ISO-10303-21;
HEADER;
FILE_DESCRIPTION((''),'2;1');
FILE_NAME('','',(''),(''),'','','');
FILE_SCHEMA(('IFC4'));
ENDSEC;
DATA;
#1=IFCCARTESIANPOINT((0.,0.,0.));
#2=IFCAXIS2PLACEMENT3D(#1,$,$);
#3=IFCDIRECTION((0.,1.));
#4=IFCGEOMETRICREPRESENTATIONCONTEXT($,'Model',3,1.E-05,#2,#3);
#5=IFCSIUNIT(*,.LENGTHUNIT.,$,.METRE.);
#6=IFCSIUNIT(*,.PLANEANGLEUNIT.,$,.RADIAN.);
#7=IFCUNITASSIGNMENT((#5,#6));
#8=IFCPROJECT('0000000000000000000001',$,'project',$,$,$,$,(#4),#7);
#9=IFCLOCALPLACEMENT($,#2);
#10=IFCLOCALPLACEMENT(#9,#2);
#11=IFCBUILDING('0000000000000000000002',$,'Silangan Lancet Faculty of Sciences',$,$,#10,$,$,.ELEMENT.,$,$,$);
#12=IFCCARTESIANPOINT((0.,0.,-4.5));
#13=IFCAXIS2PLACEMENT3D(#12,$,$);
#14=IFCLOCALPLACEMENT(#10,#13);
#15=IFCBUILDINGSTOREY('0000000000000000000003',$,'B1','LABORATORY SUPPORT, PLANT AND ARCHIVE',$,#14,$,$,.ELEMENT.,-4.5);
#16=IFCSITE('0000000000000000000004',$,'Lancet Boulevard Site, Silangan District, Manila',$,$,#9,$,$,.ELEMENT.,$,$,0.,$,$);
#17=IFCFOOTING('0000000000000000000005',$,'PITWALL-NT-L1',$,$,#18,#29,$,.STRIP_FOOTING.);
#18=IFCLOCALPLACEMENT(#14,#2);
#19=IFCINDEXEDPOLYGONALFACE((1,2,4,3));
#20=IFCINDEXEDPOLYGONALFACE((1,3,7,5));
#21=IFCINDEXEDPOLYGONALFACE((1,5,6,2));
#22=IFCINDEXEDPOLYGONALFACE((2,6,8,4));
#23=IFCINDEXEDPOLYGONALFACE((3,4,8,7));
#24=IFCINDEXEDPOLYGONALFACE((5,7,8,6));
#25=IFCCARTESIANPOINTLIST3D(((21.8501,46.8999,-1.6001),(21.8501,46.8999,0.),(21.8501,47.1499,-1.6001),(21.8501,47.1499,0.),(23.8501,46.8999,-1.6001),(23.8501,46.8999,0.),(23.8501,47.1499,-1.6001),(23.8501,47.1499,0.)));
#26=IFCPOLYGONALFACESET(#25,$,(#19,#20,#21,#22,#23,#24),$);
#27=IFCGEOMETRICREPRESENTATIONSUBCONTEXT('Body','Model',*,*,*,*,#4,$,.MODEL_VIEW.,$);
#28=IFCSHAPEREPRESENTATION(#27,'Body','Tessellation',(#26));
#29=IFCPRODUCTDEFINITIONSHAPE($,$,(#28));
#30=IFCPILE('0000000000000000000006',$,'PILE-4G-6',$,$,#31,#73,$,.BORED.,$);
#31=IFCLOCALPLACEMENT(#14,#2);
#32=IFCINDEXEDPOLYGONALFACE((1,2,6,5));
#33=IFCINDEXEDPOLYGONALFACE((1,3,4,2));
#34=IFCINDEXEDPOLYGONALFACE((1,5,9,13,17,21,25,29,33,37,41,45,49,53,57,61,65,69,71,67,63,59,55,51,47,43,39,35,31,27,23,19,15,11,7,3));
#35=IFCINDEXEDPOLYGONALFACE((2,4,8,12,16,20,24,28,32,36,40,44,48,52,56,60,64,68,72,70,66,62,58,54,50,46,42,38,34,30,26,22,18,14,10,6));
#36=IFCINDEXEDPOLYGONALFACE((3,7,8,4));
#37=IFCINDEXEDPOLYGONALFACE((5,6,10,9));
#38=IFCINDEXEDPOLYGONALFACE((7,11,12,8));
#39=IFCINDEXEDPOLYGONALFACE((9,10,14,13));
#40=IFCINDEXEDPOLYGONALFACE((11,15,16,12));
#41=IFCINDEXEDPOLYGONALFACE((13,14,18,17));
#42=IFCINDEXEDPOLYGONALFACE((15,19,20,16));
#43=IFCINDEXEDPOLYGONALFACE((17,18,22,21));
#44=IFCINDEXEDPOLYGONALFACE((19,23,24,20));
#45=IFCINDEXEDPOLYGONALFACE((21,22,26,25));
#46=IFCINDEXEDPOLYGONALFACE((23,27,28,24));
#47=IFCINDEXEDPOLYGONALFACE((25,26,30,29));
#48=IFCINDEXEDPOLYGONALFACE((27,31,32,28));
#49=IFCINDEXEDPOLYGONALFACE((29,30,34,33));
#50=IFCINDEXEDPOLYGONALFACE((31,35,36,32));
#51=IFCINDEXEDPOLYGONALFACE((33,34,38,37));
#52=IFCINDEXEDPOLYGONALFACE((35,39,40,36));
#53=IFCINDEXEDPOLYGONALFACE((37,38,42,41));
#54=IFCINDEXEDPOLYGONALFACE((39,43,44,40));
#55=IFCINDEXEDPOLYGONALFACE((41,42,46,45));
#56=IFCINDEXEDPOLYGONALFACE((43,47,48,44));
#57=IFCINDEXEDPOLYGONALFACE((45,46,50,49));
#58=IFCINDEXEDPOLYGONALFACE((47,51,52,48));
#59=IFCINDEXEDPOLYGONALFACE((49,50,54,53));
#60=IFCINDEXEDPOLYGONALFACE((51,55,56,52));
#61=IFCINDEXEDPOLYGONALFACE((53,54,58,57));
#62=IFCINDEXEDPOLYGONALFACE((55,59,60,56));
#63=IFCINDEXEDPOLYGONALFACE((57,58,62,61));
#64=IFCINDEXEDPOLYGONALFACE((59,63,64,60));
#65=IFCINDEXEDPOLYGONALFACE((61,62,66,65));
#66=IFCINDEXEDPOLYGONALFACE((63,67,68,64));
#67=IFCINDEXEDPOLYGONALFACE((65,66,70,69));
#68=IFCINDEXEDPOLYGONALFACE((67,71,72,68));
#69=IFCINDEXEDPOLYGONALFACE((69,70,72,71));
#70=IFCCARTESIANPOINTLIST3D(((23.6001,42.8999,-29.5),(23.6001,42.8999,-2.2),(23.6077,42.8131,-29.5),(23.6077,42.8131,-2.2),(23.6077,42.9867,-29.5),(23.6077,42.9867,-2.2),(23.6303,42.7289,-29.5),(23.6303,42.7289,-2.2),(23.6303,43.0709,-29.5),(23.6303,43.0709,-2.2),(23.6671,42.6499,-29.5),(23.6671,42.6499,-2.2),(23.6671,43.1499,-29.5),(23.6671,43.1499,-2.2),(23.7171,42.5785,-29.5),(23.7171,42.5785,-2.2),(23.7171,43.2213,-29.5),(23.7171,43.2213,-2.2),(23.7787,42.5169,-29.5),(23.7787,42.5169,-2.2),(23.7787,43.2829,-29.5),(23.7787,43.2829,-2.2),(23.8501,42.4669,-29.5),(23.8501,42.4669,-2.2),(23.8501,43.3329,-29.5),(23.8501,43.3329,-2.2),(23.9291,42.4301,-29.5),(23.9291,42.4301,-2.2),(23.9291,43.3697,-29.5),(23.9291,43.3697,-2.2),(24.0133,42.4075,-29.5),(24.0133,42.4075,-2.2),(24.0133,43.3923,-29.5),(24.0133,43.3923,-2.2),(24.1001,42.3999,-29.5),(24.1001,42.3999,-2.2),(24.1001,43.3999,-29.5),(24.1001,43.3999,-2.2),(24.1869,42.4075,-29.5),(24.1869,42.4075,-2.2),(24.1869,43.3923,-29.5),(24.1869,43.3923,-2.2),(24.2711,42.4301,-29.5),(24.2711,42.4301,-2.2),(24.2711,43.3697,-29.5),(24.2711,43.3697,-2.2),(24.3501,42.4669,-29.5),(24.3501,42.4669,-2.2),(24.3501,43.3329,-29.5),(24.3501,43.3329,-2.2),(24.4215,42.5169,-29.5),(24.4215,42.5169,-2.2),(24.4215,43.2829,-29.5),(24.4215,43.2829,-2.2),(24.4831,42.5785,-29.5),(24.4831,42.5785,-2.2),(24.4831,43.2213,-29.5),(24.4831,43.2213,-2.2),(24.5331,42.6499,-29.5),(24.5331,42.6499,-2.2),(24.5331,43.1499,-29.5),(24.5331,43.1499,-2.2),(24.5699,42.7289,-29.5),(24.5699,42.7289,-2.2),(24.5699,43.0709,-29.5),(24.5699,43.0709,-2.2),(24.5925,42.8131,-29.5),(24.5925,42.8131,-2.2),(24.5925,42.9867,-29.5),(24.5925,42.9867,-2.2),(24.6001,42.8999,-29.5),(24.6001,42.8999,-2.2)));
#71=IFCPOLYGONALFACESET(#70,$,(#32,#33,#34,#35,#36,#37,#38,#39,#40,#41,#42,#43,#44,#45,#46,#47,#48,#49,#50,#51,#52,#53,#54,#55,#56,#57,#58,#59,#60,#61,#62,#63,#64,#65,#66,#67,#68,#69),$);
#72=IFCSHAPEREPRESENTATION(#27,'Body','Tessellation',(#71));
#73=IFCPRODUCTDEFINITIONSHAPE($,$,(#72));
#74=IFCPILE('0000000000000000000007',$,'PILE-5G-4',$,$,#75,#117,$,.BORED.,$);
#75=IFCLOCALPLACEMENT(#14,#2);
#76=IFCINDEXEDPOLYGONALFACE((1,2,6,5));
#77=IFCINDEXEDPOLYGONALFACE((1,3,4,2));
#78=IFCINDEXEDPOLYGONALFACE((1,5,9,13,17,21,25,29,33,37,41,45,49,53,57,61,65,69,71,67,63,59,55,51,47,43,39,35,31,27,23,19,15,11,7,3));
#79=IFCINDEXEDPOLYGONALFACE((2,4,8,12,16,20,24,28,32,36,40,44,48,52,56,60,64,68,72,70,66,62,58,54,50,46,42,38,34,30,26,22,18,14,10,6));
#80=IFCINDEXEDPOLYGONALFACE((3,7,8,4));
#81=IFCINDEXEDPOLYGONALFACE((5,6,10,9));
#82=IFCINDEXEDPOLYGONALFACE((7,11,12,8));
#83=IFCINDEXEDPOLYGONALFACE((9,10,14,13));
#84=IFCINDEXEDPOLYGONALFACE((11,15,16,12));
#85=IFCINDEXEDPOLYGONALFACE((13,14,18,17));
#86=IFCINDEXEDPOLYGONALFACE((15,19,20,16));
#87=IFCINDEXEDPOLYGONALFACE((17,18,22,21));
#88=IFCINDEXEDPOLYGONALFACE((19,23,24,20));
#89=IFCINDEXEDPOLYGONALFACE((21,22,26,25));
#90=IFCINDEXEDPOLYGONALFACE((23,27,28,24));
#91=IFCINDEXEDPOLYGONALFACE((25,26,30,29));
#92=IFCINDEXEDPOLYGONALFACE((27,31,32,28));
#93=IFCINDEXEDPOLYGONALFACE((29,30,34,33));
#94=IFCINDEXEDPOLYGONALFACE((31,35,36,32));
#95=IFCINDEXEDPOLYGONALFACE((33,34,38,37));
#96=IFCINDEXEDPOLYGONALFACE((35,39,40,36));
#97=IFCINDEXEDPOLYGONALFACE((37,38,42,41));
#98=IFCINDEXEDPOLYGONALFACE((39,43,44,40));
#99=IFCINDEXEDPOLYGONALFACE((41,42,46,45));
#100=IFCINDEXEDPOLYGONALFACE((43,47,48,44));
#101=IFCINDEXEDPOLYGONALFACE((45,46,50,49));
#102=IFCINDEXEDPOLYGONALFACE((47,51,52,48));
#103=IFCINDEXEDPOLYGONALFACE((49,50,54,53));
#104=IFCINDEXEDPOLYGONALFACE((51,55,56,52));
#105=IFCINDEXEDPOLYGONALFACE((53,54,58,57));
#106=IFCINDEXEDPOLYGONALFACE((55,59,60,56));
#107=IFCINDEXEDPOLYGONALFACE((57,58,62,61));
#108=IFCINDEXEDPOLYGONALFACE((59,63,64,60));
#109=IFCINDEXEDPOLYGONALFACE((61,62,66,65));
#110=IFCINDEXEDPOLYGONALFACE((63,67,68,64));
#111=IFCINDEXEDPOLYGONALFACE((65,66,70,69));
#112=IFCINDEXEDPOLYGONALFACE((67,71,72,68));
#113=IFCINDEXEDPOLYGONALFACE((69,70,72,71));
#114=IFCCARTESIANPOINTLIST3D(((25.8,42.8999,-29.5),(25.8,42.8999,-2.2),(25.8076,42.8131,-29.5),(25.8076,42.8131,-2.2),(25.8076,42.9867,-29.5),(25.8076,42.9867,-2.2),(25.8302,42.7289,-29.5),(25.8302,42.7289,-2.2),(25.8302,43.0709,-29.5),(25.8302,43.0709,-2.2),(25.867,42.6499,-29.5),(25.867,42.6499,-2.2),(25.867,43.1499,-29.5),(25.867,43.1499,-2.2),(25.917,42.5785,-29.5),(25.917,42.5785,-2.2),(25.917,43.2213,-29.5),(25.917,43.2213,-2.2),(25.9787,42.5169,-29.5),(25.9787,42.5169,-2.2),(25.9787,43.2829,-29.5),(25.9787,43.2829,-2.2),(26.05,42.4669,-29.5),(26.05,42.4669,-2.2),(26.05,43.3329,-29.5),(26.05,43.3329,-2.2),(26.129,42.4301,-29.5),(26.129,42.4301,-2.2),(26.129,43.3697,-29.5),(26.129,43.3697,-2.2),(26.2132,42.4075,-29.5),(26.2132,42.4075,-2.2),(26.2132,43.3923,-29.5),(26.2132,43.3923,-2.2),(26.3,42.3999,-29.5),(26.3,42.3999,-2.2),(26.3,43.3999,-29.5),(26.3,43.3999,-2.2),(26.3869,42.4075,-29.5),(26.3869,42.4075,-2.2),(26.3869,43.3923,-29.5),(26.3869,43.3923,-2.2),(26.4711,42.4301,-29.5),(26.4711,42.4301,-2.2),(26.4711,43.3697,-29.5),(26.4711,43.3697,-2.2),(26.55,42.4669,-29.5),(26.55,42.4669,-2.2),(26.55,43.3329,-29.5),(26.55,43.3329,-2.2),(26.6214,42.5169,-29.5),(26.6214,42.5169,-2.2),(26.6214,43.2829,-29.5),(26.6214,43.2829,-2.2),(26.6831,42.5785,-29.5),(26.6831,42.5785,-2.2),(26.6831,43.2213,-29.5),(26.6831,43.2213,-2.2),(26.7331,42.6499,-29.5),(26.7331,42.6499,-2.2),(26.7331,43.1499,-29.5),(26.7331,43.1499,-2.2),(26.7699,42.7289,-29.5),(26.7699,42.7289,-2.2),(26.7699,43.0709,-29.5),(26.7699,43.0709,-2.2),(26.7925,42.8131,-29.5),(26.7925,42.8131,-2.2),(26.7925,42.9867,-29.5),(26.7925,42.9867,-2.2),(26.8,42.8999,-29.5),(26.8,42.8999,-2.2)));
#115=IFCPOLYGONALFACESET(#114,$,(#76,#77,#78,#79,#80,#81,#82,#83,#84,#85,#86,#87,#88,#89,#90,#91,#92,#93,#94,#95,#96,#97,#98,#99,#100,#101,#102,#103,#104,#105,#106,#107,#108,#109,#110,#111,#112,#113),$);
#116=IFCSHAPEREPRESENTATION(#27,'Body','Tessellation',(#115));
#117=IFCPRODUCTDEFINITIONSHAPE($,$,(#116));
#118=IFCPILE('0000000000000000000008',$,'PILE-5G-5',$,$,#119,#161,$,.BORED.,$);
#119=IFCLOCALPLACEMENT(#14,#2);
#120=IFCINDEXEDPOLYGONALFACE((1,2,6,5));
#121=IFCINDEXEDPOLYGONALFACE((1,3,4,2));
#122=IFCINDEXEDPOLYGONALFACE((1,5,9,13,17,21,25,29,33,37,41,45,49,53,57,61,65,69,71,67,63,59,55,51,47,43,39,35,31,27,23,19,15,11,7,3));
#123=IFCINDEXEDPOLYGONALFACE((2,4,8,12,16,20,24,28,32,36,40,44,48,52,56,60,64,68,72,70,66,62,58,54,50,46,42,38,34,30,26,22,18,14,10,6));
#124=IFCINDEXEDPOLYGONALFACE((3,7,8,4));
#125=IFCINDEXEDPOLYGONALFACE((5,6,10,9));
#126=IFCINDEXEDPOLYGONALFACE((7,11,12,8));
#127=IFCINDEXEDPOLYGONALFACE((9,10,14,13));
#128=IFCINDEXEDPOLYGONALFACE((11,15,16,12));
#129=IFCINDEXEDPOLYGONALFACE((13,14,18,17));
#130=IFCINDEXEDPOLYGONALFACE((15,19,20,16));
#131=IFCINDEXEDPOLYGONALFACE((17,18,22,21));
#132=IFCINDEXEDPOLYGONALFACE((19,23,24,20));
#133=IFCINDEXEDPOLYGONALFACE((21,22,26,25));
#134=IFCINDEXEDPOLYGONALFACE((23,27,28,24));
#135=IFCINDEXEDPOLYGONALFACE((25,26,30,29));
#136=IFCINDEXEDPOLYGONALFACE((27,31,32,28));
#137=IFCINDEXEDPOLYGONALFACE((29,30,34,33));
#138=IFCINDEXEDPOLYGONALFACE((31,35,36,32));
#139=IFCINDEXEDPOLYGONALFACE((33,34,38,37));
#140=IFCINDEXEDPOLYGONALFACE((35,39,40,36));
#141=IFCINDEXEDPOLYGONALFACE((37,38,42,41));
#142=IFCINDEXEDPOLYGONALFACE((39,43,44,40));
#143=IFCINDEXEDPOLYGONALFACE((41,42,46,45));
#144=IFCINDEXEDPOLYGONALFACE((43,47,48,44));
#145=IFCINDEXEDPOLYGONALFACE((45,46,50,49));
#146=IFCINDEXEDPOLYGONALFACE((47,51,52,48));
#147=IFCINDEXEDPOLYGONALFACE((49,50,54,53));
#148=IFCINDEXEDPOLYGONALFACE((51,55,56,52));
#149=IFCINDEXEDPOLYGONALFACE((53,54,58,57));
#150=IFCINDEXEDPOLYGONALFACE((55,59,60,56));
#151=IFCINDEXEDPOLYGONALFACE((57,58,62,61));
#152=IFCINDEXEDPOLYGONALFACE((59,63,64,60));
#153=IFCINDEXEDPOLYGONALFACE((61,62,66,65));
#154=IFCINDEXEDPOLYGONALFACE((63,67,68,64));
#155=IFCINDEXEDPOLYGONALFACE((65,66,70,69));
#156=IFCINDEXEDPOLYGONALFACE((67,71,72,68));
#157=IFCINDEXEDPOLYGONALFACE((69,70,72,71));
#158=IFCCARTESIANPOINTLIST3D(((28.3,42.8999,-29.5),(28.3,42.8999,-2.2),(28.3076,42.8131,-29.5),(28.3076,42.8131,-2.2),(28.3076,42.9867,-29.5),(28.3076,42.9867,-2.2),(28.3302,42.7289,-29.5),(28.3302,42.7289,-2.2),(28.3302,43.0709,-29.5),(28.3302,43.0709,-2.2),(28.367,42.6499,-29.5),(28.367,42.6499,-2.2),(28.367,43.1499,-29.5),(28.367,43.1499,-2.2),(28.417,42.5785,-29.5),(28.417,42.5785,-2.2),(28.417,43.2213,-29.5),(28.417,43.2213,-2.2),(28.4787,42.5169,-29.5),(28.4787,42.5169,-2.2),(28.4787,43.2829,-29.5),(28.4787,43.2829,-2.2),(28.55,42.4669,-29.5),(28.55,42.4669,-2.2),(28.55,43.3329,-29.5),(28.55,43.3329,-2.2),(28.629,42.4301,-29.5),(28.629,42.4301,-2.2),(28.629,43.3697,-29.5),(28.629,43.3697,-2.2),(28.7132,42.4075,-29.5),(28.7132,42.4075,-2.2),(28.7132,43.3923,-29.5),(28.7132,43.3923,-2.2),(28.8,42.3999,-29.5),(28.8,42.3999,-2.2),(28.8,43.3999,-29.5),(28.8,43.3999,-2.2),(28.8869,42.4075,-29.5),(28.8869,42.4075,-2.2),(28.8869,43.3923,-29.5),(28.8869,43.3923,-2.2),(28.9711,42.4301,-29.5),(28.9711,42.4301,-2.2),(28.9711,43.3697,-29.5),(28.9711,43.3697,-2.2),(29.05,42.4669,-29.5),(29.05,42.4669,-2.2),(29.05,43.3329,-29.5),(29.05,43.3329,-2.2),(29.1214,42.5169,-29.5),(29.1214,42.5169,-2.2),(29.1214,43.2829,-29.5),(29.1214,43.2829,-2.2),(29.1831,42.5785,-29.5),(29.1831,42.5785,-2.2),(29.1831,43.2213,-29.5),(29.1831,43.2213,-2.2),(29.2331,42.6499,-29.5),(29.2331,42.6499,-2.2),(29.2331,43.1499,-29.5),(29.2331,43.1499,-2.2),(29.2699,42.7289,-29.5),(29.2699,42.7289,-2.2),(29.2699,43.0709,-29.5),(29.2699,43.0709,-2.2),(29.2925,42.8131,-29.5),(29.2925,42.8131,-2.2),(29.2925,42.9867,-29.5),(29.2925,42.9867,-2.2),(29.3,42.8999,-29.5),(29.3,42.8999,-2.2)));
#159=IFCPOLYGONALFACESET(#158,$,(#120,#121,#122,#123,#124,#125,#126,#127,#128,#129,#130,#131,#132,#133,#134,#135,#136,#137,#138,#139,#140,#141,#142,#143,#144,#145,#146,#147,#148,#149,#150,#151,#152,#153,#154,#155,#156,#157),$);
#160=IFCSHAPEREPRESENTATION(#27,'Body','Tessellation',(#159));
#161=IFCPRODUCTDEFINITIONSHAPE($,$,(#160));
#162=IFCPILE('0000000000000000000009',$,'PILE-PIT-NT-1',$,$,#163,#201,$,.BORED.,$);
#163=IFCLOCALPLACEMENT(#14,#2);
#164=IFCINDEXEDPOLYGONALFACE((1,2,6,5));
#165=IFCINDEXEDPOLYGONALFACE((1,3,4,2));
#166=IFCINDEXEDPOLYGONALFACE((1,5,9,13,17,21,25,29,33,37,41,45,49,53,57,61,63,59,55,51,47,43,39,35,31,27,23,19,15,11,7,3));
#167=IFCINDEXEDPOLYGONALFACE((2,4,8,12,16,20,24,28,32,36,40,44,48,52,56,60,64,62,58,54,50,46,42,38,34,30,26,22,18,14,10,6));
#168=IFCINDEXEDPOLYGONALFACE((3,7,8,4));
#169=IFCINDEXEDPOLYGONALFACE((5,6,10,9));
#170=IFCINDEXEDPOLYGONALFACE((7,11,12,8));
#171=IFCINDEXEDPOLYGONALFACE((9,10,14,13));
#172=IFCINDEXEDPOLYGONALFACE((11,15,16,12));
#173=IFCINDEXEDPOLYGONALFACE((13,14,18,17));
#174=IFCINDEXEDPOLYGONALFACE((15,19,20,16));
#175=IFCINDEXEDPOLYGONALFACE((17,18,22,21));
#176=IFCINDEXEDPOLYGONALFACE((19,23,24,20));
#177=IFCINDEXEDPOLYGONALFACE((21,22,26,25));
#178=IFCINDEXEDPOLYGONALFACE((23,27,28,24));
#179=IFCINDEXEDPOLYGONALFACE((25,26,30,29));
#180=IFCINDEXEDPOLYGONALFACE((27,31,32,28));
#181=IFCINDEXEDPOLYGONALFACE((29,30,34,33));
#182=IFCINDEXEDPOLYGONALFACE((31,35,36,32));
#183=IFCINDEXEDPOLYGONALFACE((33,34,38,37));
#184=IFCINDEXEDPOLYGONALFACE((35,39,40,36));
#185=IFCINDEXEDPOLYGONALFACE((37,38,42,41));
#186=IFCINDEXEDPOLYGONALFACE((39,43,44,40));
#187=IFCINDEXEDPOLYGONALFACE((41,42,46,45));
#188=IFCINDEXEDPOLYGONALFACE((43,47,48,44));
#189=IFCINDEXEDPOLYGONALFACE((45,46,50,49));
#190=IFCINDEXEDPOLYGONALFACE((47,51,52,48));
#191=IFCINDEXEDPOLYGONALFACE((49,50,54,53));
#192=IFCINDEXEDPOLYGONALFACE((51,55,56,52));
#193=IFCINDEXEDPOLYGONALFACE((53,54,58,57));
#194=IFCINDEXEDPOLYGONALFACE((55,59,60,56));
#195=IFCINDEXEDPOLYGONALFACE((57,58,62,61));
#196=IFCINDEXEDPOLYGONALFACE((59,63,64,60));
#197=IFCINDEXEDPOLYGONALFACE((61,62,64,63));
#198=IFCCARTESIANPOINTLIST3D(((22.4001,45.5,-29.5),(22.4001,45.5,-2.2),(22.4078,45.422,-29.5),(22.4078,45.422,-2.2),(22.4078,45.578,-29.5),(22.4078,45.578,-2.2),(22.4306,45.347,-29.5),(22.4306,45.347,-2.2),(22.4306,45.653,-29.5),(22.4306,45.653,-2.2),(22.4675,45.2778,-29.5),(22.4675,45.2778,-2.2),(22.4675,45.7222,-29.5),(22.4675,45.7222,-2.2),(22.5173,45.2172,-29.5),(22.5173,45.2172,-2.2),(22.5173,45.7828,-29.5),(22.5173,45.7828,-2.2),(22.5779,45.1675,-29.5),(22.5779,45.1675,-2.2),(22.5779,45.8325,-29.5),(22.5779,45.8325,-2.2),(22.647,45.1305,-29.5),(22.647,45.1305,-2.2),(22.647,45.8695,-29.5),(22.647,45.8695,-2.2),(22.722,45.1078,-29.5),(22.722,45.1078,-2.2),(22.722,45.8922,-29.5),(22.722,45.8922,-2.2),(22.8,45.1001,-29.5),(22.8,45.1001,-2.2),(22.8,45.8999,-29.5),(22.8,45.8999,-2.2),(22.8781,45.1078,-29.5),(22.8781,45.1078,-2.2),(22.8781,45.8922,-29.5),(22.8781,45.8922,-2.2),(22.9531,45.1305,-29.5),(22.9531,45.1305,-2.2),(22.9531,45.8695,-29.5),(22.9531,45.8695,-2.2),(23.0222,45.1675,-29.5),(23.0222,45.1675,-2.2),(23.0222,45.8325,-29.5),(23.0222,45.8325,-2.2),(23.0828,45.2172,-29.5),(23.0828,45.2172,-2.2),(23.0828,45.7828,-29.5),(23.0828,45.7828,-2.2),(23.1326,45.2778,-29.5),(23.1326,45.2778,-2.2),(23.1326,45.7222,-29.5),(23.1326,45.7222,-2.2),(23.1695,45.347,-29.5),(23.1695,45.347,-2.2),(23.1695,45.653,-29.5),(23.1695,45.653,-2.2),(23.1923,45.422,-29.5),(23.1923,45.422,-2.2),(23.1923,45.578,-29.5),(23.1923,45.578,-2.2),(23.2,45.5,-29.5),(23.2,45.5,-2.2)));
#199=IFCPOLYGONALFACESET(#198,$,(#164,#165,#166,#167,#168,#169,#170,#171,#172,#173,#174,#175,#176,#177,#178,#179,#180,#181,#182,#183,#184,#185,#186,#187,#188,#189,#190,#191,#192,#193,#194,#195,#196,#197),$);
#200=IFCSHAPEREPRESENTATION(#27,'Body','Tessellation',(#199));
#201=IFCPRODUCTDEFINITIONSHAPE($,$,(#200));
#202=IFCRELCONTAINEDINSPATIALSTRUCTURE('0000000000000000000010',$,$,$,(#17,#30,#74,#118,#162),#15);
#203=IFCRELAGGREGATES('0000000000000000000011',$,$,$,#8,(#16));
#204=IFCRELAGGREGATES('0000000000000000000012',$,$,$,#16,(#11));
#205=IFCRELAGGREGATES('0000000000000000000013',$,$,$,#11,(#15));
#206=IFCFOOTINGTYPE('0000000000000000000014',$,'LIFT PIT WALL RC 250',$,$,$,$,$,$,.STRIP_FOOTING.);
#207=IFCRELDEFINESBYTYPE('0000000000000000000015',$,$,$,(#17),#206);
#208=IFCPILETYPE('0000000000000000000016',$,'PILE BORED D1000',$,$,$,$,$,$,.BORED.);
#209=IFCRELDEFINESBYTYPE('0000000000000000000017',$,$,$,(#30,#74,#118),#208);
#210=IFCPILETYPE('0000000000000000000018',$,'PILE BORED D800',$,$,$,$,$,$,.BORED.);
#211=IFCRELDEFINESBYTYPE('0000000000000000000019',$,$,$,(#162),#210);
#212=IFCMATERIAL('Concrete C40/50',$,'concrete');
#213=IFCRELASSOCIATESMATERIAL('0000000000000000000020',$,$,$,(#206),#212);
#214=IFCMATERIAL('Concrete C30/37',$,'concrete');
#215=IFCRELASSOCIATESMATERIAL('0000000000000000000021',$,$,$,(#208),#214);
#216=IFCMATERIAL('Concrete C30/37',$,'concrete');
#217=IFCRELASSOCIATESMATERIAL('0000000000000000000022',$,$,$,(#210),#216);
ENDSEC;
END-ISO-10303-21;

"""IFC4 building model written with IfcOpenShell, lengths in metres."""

from ifc_helpers import new_model, si_unit, direction, frame, origin, origin_2d, place, context, subcontext, project, spatial, rectangle, circle, extrude, material, material_profile, profile_set, type_object, element, save


model = new_model("IFC4")

# Units and contexts
model_context = context("Model", 3, precision=1e-05, world=origin(), true_north=direction((0.0, 1.0)))
body_context = subcontext(model_context, "Body", "Model", "MODEL_VIEW")
ifc_project = project(units=[si_unit("LENGTHUNIT", "METRE"), si_unit("PLANEANGLEUNIT", "RADIAN")], contexts=[model_context])

# Site, building, storey
site_placement = place(None, origin())
site = spatial("IfcSite", under=ifc_project, at=site_placement, Name="Lancet Boulevard Site, Silangan District, Manila", CompositionType="ELEMENT", RefElevation=0.0)
building_placement = place(site_placement, origin())
building = spatial("IfcBuilding", under=site, at=building_placement, Name="Silangan Lancet Faculty of Sciences", CompositionType="ELEMENT")
storey_placement = place(building_placement, frame((0.0, 0.0, -4.5)))
storey = spatial("IfcBuildingStorey", under=building, at=storey_placement, Name="B1", Description="LABORATORY SUPPORT, PLANT AND ARCHIVE", CompositionType="ELEMENT", Elevation=-4.5)

# Footing
ifc_material_1 = material(Name="Concrete C40/50", Category="concrete")
footing_type_1 = type_object("IfcFootingType", Name="LIFT PIT WALL RC 250", PredefinedType="STRIP_FOOTING", material=ifc_material_1)
footing_1_placement = place(storey_placement, frame((22.8501, 47.0249, -1.6001), z_axis=(0.0, 0.0, 1.0), x_axis=(1.0, 0.0, 0.0)))
element("IfcFooting", 1, at=footing_1_placement, inside=storey, type_object=footing_type_1, Name="PITWALL-NT-L1", PredefinedType="STRIP_FOOTING", context=body_context, shape_type="SweptSolid", body=[
    extrude(rectangle(XDim=2.0, YDim=0.25, at=origin_2d()), origin(), (0.0, 0.0, 1.0), 1.6001),
])

# Piles
ifc_material_2 = material(Name="Concrete C30/37", Category="concrete")
ifc_material_profile_1 = material_profile(ifc_material_2, circle(Radius=0.5, at=origin_2d()), Name="BORED PILE D1000")
ifc_profile_set_1 = profile_set([ifc_material_profile_1], Name="Concrete C30/37")
pile_type_1 = type_object("IfcPileType", Name="PILE BORED D1000", PredefinedType="BORED", material=ifc_profile_set_1)
for number, where, z_axis, x_axis, name in (
    (2, (24.1001, 42.8999, -2.2), (0.0, 0.0, -1.0), (1.0, 0.0, 0.0), "PILE-4G-6"),
    (3, (26.3, 42.8999, -2.2), (0.0, 0.0, -1.0), (1.0, 0.0, 0.0), "PILE-5G-4"),
    (4, (28.8, 42.8999, -2.2), (0.0, 0.0, -1.0), (1.0, 0.0, 0.0), "PILE-5G-5"),
):
    element("IfcPile", number, at=place(storey_placement, frame(where, z_axis=z_axis, x_axis=x_axis)), inside=storey, type_object=pile_type_1, Name=name, PredefinedType="BORED", context=body_context, shape_type="SweptSolid", body=[
        extrude(circle(Radius=0.5, at=origin_2d()), origin(), (0.0, 0.0, 1.0), 27.3),
    ])
ifc_material_3 = material(Name="Concrete C30/37", Category="concrete")
ifc_material_profile_2 = material_profile(ifc_material_3, circle(Radius=0.3999, at=origin_2d()), Name="BORED PILE D800")
ifc_profile_set_2 = profile_set([ifc_material_profile_2], Name="Concrete C30/37")
pile_type_2 = type_object("IfcPileType", Name="PILE BORED D800", PredefinedType="BORED", material=ifc_profile_set_2)
for number, where, z_axis, x_axis, name in (
    (5, (22.8, 45.5, -2.2), (0.0, 0.0, -1.0), (1.0, 0.0, 0.0), "PILE-PIT-NT-1"),
):
    element("IfcPile", number, at=place(storey_placement, frame(where, z_axis=z_axis, x_axis=x_axis)), inside=storey, type_object=pile_type_2, Name=name, PredefinedType="BORED", context=body_context, shape_type="SweptSolid", body=[
        extrude(circle(Radius=0.3999, at=origin_2d()), origin(), (0.0, 0.0, 1.0), 27.3),
    ])

save(model, "model.ifc")
